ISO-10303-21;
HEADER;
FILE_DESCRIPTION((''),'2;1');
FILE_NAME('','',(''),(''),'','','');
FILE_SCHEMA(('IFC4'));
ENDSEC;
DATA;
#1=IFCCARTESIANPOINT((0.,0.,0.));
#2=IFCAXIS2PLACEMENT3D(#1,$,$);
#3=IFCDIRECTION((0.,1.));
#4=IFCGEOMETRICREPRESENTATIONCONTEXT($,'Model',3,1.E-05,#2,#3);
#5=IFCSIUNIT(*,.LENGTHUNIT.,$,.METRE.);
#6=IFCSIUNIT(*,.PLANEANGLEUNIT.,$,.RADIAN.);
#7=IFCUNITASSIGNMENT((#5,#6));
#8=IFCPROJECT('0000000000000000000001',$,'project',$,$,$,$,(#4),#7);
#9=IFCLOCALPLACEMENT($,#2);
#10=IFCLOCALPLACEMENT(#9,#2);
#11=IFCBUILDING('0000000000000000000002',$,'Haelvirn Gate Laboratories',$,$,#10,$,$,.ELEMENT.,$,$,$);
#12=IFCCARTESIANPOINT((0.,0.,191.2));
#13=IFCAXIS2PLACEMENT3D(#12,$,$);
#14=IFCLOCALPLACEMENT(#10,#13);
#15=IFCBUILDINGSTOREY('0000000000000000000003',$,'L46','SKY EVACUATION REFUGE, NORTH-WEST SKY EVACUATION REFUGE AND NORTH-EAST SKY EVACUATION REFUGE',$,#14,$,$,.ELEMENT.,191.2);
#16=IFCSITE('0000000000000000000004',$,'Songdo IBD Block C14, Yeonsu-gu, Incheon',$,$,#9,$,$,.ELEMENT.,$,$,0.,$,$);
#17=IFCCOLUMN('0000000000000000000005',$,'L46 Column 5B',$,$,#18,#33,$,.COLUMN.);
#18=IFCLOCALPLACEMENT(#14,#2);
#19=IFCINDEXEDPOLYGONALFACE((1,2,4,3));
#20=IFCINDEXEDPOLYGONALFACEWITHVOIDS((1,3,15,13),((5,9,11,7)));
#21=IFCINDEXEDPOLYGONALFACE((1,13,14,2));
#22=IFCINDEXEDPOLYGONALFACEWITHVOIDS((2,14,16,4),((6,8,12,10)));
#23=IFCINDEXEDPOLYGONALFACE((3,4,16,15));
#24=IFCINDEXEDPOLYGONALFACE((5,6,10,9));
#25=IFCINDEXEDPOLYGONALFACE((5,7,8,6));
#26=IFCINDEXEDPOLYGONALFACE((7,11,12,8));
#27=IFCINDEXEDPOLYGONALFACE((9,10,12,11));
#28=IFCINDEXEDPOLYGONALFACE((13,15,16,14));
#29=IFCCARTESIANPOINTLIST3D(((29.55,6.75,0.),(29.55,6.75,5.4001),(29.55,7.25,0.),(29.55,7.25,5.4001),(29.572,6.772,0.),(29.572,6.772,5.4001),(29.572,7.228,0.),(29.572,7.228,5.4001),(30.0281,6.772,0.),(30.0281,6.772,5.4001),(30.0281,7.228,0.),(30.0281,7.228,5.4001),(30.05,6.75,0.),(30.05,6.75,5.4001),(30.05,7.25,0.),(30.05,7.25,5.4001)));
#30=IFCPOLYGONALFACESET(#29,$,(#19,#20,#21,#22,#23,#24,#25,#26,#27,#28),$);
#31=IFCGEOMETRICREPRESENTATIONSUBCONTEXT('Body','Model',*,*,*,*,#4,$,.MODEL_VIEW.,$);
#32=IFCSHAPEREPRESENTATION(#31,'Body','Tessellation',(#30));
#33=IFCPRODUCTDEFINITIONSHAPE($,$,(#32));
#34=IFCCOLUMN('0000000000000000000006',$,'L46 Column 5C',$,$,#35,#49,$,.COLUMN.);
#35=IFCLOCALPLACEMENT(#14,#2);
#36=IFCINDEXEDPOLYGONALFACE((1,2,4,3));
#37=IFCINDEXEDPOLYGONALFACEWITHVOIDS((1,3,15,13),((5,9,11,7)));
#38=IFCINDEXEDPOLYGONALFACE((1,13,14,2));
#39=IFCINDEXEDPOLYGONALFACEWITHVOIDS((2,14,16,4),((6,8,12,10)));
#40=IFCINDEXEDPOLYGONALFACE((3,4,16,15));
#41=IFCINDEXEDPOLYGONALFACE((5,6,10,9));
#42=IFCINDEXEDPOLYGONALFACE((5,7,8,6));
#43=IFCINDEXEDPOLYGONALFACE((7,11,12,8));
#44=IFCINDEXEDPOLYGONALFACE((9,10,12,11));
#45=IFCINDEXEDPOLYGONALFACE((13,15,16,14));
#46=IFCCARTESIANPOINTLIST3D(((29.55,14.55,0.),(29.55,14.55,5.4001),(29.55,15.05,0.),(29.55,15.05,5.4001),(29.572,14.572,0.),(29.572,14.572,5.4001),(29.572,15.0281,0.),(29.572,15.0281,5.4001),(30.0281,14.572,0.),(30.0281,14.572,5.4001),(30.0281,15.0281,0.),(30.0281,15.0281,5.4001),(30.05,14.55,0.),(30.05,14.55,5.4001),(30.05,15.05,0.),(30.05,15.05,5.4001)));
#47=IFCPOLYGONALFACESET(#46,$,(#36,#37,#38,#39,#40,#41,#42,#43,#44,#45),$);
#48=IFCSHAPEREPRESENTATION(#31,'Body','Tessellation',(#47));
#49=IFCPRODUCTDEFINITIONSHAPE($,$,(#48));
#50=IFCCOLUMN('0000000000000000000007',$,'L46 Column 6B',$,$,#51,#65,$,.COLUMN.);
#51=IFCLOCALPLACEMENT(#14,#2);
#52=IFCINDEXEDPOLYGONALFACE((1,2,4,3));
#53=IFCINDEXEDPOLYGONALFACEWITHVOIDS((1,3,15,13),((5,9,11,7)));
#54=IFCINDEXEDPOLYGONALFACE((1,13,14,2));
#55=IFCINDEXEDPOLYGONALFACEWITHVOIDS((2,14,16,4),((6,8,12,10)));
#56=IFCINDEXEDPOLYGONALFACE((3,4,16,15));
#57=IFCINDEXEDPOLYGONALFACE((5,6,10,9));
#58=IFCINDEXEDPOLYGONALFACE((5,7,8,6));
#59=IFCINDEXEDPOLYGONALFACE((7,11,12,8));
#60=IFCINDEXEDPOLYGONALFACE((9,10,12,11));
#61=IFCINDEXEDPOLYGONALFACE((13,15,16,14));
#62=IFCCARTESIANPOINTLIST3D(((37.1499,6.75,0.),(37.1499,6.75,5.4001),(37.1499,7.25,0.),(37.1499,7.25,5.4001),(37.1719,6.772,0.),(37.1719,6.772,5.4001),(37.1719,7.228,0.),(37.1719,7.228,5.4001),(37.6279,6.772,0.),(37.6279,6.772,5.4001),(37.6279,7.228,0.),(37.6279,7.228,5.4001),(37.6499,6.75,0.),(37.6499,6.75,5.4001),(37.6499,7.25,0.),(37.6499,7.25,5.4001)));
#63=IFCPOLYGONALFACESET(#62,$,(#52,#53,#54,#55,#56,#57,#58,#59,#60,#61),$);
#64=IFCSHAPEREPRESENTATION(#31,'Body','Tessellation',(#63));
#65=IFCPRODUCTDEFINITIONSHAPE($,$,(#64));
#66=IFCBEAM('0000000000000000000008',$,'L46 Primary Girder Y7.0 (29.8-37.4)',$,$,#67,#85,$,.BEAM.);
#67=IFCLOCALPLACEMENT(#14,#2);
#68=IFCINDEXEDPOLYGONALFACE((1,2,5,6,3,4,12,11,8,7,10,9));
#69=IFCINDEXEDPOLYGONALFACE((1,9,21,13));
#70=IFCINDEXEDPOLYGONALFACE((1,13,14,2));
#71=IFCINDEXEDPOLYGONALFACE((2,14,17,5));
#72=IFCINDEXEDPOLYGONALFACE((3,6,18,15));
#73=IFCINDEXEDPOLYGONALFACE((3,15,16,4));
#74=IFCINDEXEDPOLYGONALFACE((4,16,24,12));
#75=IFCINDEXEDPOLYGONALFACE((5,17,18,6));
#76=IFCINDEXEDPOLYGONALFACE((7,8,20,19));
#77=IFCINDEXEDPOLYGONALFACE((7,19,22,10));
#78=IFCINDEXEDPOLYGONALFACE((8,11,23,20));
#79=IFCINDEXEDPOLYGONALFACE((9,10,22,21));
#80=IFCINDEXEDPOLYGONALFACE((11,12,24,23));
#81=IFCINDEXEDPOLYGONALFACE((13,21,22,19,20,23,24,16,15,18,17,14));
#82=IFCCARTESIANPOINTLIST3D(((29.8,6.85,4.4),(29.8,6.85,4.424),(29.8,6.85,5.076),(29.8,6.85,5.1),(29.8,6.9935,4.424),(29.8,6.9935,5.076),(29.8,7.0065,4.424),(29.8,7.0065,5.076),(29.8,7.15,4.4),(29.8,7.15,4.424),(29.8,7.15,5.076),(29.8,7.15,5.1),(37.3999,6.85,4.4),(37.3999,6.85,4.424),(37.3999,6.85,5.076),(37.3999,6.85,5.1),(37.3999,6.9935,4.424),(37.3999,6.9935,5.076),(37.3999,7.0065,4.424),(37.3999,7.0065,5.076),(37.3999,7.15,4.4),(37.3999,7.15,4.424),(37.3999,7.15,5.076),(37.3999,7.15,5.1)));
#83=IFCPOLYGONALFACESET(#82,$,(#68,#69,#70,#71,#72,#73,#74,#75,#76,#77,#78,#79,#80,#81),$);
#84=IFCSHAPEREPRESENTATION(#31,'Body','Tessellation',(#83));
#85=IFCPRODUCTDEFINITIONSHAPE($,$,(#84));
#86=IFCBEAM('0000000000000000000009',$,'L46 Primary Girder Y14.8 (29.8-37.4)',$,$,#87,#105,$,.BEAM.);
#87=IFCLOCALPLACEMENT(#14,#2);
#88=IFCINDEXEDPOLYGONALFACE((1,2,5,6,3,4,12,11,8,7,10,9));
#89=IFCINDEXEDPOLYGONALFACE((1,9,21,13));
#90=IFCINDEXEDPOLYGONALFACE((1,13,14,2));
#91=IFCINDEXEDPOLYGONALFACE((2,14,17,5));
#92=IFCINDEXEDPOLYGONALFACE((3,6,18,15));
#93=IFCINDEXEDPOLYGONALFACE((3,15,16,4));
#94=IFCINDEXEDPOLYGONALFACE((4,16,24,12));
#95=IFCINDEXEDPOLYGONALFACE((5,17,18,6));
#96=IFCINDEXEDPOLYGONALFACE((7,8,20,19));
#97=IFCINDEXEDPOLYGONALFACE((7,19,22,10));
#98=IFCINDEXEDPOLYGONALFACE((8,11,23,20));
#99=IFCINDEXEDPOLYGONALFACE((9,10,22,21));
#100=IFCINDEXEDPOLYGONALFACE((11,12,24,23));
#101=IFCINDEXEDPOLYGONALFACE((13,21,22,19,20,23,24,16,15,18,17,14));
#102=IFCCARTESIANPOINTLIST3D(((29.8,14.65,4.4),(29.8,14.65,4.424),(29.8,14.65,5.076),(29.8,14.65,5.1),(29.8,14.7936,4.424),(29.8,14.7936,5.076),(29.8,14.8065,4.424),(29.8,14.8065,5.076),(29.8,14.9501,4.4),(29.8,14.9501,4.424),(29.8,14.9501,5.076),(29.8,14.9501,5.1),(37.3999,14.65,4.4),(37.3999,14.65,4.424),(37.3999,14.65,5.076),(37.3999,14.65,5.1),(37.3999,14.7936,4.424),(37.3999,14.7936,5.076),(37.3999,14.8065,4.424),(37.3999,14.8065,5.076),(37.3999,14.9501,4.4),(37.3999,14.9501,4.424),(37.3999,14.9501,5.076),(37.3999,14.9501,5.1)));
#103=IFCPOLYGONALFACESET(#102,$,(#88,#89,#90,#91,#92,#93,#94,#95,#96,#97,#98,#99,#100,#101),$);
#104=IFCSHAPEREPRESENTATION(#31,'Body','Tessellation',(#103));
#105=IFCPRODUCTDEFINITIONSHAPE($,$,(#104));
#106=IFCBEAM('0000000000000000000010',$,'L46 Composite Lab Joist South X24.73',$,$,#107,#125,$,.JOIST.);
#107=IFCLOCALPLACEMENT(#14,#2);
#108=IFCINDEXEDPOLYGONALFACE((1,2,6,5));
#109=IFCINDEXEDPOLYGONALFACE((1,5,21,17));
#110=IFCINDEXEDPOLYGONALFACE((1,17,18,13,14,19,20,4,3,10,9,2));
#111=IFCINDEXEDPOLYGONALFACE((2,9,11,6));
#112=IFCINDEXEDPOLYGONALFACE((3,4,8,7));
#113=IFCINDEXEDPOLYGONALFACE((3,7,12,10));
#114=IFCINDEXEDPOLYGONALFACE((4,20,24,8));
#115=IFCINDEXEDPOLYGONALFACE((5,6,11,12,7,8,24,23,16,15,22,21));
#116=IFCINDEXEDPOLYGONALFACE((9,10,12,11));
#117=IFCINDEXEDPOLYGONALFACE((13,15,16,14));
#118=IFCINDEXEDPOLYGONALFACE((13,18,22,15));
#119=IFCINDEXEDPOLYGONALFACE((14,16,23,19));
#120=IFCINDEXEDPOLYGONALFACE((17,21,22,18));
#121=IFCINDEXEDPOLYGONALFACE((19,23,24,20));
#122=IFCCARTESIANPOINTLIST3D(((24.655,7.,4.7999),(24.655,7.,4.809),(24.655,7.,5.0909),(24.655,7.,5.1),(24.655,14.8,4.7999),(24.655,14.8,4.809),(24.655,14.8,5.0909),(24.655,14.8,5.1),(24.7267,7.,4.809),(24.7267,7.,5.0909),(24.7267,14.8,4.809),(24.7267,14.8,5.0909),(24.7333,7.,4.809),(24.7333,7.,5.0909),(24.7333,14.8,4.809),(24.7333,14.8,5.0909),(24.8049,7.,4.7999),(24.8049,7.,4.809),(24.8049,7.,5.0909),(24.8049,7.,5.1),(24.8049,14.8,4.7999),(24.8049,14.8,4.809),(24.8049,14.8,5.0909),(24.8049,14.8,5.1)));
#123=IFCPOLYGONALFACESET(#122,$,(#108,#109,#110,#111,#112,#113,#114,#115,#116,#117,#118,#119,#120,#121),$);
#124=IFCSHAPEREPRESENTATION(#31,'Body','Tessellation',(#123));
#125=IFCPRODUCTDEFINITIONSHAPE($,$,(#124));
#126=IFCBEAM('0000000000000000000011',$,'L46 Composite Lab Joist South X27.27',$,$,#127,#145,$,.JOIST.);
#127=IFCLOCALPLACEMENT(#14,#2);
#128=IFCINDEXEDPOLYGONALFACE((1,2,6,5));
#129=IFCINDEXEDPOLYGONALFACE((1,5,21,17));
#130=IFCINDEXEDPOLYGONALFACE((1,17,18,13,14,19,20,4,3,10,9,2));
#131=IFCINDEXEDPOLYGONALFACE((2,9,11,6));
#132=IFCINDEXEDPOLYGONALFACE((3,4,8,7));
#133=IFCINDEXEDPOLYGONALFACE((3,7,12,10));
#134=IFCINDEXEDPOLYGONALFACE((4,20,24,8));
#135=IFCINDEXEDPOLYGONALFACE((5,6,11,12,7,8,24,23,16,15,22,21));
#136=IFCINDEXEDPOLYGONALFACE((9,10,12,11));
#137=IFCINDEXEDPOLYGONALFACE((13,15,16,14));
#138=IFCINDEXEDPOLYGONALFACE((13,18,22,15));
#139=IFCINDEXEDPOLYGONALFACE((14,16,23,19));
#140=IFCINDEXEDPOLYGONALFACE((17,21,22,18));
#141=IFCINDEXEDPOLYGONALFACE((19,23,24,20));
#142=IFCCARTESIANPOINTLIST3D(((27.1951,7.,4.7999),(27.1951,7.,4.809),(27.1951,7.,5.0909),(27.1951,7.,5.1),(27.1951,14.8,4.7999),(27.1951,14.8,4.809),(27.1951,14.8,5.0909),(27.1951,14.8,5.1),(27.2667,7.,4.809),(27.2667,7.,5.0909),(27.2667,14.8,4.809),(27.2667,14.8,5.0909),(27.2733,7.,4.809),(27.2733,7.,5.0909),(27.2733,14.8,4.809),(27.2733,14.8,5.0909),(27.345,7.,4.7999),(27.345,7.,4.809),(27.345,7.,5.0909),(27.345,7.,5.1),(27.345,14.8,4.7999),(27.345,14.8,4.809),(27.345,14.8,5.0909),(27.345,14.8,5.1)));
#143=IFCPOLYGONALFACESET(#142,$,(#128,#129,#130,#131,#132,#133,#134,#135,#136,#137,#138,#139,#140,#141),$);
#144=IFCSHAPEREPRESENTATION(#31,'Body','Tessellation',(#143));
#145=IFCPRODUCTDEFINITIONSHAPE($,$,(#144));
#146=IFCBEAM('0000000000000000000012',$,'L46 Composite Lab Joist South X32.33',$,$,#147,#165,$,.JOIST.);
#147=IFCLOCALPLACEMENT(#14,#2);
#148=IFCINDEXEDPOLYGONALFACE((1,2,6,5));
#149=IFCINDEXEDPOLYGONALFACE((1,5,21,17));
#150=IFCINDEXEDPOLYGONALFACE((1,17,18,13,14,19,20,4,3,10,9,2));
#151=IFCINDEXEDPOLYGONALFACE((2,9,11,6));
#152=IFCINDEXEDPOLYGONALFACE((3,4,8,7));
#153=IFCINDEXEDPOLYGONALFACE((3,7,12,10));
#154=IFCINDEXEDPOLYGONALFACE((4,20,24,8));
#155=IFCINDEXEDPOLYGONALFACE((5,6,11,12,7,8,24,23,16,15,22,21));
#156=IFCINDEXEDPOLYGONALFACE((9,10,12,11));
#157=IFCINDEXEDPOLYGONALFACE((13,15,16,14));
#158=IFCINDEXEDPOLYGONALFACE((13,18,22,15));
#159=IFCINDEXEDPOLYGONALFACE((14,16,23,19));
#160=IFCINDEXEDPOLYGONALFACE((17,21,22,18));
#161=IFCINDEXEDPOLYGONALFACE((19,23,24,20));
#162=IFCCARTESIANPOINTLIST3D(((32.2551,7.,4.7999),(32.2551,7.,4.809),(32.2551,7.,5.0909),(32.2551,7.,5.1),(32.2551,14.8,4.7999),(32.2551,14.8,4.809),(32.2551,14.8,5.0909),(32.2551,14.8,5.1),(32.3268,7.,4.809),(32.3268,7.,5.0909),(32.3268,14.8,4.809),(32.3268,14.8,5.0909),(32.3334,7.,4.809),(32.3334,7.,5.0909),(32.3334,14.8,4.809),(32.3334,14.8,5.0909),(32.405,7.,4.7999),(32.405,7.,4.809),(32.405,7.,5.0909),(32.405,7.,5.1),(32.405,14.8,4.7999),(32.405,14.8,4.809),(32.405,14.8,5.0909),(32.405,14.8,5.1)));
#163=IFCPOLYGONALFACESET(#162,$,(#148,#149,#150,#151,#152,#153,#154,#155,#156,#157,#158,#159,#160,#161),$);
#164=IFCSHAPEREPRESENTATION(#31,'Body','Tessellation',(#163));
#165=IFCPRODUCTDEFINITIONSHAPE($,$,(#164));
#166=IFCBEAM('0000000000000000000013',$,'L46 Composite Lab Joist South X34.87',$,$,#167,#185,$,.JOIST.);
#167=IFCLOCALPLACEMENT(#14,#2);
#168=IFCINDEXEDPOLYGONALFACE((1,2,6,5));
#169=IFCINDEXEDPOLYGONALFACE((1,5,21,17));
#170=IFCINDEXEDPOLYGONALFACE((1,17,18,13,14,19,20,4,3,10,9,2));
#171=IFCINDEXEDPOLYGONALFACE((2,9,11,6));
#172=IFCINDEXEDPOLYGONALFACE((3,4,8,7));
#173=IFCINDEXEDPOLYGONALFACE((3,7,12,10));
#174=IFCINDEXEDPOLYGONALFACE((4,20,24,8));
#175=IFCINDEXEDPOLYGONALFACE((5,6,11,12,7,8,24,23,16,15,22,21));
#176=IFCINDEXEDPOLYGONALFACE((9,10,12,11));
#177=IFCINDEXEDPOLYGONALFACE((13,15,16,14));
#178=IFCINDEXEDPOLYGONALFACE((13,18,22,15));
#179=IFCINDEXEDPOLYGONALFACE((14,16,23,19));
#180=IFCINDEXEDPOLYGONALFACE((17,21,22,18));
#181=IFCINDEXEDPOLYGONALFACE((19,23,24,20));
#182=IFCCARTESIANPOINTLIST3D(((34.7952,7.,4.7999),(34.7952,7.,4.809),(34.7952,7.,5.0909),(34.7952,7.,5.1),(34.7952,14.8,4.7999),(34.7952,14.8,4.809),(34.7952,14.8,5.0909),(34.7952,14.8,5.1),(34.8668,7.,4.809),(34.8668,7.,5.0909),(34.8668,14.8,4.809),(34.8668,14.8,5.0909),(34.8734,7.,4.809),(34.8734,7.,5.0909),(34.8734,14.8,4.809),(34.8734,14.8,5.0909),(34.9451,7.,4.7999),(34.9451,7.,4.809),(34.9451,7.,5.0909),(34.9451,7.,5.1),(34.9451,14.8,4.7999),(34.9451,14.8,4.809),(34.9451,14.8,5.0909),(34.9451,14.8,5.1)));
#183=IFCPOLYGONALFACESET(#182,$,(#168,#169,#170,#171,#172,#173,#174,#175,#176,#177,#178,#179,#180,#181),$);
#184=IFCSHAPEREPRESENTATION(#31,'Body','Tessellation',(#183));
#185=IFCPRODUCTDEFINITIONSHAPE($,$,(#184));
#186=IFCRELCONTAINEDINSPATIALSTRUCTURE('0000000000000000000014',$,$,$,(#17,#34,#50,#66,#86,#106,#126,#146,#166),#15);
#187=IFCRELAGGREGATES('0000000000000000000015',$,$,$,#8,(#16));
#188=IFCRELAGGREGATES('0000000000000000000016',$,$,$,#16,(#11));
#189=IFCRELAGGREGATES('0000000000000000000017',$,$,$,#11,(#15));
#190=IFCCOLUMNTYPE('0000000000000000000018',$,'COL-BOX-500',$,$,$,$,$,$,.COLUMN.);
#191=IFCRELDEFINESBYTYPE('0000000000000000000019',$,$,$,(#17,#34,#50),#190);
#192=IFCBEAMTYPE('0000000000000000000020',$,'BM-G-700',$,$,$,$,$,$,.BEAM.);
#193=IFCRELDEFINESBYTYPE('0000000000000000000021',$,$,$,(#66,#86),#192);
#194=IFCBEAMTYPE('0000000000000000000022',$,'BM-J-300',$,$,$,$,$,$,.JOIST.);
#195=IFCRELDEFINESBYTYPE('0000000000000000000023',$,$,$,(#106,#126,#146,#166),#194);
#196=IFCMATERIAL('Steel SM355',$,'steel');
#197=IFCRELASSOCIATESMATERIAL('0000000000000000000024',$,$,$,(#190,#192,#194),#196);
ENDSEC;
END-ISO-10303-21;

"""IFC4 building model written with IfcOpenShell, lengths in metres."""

from ifc_helpers import new_model, si_unit, direction, frame, origin, origin_2d, place, context, subcontext, project, spatial, hollow_rectangle, i_section, extrude, source, transform, mapped, material, material_profile, profile_set, type_object, type_shapes, element, save


model = new_model("IFC4")

# Units and contexts
model_context = context("Model", 3, precision=1e-05, world=origin(), true_north=direction((0.0, 1.0)))
body_context = subcontext(model_context, "Body", "Model", "MODEL_VIEW")
ifc_project = project(units=[si_unit("LENGTHUNIT", "METRE"), si_unit("PLANEANGLEUNIT", "RADIAN")], contexts=[model_context])

# Site, building, storey
site_placement = place(None, origin())
site = spatial("IfcSite", under=ifc_project, at=site_placement, Name="Songdo IBD Block C14, Yeonsu-gu, Incheon", CompositionType="ELEMENT", RefElevation=0.0)
building_placement = place(site_placement, origin())
building = spatial("IfcBuilding", under=site, at=building_placement, Name="Haelvirn Gate Laboratories", CompositionType="ELEMENT")
storey_placement = place(building_placement, frame((0.0, 0.0, 191.2)))
storey = spatial("IfcBuildingStorey", under=building, at=storey_placement, Name="L46", Description="SKY EVACUATION REFUGE, NORTH-WEST SKY EVACUATION REFUGE AND NORTH-EAST SKY EVACUATION REFUGE", CompositionType="ELEMENT", Elevation=191.2)

# Columns
ifc_material_1 = material(Name="Steel SM355", Category="steel")
ifc_material_profile_1 = material_profile(ifc_material_1, hollow_rectangle(XDim=0.5, YDim=0.5, WallThickness=0.022, at=origin_2d()), Name="BOX-500x500x22")
ifc_profile_set_1 = profile_set([ifc_material_profile_1], Name="Steel SM355")
column_type = type_object("IfcColumnType", Name="COL-BOX-500", PredefinedType="COLUMN", material=ifc_profile_set_1)
shared_shape_1 = source(origin(), body_context, "Body", "SweptSolid", [
    extrude(hollow_rectangle(XDim=0.5, YDim=0.5, WallThickness=0.022, at=origin_2d()), origin(), (0.0, 0.0, 1.0), 5.4001),
])
type_shapes(column_type, [shared_shape_1])
for number, where, z_axis, x_axis, name in (
    (1, (29.8, 7.0, 0.0), (0.0, 0.0, 1.0), (1.0, 0.0, 0.0), "L46 Column 5B"),
    (2, (29.8, 14.8, 0.0), (0.0, 0.0, 1.0), (1.0, 0.0, 0.0), "L46 Column 5C"),
    (3, (37.3999, 7.0, 0.0), (0.0, 0.0, 1.0), (1.0, 0.0, 0.0), "L46 Column 6B"),
):
    element("IfcColumn", number, at=place(storey_placement, frame(where, z_axis=z_axis, x_axis=x_axis)), inside=storey, type_object=column_type, Name=name, PredefinedType="COLUMN", context=body_context, shape_type="MappedRepresentation", body=[
        mapped(shared_shape_1, transform((0.0, 0.0, 0.0), scale=1.0)),
    ])

# Beams
ifc_material_profile_2 = material_profile(ifc_material_1, i_section(OverallWidth=0.3, OverallDepth=0.7, WebThickness=0.0129, FlangeThickness=0.0239, at=origin_2d()), Name="H-700x300x13x24")
ifc_profile_set_2 = profile_set([ifc_material_profile_2], Name="Steel SM355")
beam_type_1 = type_object("IfcBeamType", Name="BM-G-700", PredefinedType="BEAM", material=ifc_profile_set_2)
shared_shape_2 = source(origin(), body_context, "Body", "SweptSolid", [
    extrude(i_section(OverallWidth=0.3, OverallDepth=0.7, WebThickness=0.0129, FlangeThickness=0.0239, at=origin_2d()), origin(), (0.0, 0.0, 1.0), 7.5999),
])
type_shapes(beam_type_1, [shared_shape_2])
for number, where, z_axis, x_axis, name in (
    (4, (29.8, 7.0, 4.75), (1.0, 0.0, 0.0), (0.0, 1.0, 0.0), "L46 Primary Girder Y7.0 (29.8-37.4)"),
    (5, (29.8, 14.8, 4.75), (1.0, 0.0, 0.0), (0.0, 1.0, 0.0), "L46 Primary Girder Y14.8 (29.8-37.4)"),
):
    element("IfcBeam", number, at=place(storey_placement, frame(where, z_axis=z_axis, x_axis=x_axis)), inside=storey, type_object=beam_type_1, Name=name, PredefinedType="BEAM", context=body_context, shape_type="MappedRepresentation", body=[
        mapped(shared_shape_2, transform((0.0, 0.0, 0.0), scale=1.0)),
    ])
ifc_material_profile_3 = material_profile(ifc_material_1, i_section(OverallWidth=0.1499, OverallDepth=0.3, WebThickness=0.0066, FlangeThickness=0.009, at=origin_2d()), Name="H-300x150x6.5x9")
ifc_profile_set_3 = profile_set([ifc_material_profile_3], Name="Steel SM355")
beam_type_2 = type_object("IfcBeamType", Name="BM-J-300", PredefinedType="JOIST", material=ifc_profile_set_3)
shared_shape_3 = source(origin(), body_context, "Body", "SweptSolid", [
    extrude(i_section(OverallWidth=0.1499, OverallDepth=0.3, WebThickness=0.0066, FlangeThickness=0.009, at=origin_2d()), origin(), (0.0, 0.0, 1.0), 7.8),
])
type_shapes(beam_type_2, [shared_shape_3])
for number, where, z_axis, x_axis, name in (
    (6, (24.73, 7.0, 4.95), (0.0, 1.0, 0.0), (-1.0, 0.0, 0.0), "L46 Composite Lab Joist South X24.73"),
    (7, (27.27, 7.0, 4.95), (0.0, 1.0, 0.0), (-1.0, 0.0, 0.0), "L46 Composite Lab Joist South X27.27"),
    (8, (32.3301, 7.0, 4.95), (0.0, 1.0, 0.0), (-1.0, 0.0, 0.0), "L46 Composite Lab Joist South X32.33"),
    (9, (34.8701, 7.0, 4.95), (0.0, 1.0, 0.0), (-1.0, 0.0, 0.0), "L46 Composite Lab Joist South X34.87"),
):
    element("IfcBeam", number, at=place(storey_placement, frame(where, z_axis=z_axis, x_axis=x_axis)), inside=storey, type_object=beam_type_2, Name=name, PredefinedType="JOIST", context=body_context, shape_type="MappedRepresentation", body=[
        mapped(shared_shape_3, transform((0.0, 0.0, 0.0), scale=1.0)),
    ])

save(model, "model.ifc")
